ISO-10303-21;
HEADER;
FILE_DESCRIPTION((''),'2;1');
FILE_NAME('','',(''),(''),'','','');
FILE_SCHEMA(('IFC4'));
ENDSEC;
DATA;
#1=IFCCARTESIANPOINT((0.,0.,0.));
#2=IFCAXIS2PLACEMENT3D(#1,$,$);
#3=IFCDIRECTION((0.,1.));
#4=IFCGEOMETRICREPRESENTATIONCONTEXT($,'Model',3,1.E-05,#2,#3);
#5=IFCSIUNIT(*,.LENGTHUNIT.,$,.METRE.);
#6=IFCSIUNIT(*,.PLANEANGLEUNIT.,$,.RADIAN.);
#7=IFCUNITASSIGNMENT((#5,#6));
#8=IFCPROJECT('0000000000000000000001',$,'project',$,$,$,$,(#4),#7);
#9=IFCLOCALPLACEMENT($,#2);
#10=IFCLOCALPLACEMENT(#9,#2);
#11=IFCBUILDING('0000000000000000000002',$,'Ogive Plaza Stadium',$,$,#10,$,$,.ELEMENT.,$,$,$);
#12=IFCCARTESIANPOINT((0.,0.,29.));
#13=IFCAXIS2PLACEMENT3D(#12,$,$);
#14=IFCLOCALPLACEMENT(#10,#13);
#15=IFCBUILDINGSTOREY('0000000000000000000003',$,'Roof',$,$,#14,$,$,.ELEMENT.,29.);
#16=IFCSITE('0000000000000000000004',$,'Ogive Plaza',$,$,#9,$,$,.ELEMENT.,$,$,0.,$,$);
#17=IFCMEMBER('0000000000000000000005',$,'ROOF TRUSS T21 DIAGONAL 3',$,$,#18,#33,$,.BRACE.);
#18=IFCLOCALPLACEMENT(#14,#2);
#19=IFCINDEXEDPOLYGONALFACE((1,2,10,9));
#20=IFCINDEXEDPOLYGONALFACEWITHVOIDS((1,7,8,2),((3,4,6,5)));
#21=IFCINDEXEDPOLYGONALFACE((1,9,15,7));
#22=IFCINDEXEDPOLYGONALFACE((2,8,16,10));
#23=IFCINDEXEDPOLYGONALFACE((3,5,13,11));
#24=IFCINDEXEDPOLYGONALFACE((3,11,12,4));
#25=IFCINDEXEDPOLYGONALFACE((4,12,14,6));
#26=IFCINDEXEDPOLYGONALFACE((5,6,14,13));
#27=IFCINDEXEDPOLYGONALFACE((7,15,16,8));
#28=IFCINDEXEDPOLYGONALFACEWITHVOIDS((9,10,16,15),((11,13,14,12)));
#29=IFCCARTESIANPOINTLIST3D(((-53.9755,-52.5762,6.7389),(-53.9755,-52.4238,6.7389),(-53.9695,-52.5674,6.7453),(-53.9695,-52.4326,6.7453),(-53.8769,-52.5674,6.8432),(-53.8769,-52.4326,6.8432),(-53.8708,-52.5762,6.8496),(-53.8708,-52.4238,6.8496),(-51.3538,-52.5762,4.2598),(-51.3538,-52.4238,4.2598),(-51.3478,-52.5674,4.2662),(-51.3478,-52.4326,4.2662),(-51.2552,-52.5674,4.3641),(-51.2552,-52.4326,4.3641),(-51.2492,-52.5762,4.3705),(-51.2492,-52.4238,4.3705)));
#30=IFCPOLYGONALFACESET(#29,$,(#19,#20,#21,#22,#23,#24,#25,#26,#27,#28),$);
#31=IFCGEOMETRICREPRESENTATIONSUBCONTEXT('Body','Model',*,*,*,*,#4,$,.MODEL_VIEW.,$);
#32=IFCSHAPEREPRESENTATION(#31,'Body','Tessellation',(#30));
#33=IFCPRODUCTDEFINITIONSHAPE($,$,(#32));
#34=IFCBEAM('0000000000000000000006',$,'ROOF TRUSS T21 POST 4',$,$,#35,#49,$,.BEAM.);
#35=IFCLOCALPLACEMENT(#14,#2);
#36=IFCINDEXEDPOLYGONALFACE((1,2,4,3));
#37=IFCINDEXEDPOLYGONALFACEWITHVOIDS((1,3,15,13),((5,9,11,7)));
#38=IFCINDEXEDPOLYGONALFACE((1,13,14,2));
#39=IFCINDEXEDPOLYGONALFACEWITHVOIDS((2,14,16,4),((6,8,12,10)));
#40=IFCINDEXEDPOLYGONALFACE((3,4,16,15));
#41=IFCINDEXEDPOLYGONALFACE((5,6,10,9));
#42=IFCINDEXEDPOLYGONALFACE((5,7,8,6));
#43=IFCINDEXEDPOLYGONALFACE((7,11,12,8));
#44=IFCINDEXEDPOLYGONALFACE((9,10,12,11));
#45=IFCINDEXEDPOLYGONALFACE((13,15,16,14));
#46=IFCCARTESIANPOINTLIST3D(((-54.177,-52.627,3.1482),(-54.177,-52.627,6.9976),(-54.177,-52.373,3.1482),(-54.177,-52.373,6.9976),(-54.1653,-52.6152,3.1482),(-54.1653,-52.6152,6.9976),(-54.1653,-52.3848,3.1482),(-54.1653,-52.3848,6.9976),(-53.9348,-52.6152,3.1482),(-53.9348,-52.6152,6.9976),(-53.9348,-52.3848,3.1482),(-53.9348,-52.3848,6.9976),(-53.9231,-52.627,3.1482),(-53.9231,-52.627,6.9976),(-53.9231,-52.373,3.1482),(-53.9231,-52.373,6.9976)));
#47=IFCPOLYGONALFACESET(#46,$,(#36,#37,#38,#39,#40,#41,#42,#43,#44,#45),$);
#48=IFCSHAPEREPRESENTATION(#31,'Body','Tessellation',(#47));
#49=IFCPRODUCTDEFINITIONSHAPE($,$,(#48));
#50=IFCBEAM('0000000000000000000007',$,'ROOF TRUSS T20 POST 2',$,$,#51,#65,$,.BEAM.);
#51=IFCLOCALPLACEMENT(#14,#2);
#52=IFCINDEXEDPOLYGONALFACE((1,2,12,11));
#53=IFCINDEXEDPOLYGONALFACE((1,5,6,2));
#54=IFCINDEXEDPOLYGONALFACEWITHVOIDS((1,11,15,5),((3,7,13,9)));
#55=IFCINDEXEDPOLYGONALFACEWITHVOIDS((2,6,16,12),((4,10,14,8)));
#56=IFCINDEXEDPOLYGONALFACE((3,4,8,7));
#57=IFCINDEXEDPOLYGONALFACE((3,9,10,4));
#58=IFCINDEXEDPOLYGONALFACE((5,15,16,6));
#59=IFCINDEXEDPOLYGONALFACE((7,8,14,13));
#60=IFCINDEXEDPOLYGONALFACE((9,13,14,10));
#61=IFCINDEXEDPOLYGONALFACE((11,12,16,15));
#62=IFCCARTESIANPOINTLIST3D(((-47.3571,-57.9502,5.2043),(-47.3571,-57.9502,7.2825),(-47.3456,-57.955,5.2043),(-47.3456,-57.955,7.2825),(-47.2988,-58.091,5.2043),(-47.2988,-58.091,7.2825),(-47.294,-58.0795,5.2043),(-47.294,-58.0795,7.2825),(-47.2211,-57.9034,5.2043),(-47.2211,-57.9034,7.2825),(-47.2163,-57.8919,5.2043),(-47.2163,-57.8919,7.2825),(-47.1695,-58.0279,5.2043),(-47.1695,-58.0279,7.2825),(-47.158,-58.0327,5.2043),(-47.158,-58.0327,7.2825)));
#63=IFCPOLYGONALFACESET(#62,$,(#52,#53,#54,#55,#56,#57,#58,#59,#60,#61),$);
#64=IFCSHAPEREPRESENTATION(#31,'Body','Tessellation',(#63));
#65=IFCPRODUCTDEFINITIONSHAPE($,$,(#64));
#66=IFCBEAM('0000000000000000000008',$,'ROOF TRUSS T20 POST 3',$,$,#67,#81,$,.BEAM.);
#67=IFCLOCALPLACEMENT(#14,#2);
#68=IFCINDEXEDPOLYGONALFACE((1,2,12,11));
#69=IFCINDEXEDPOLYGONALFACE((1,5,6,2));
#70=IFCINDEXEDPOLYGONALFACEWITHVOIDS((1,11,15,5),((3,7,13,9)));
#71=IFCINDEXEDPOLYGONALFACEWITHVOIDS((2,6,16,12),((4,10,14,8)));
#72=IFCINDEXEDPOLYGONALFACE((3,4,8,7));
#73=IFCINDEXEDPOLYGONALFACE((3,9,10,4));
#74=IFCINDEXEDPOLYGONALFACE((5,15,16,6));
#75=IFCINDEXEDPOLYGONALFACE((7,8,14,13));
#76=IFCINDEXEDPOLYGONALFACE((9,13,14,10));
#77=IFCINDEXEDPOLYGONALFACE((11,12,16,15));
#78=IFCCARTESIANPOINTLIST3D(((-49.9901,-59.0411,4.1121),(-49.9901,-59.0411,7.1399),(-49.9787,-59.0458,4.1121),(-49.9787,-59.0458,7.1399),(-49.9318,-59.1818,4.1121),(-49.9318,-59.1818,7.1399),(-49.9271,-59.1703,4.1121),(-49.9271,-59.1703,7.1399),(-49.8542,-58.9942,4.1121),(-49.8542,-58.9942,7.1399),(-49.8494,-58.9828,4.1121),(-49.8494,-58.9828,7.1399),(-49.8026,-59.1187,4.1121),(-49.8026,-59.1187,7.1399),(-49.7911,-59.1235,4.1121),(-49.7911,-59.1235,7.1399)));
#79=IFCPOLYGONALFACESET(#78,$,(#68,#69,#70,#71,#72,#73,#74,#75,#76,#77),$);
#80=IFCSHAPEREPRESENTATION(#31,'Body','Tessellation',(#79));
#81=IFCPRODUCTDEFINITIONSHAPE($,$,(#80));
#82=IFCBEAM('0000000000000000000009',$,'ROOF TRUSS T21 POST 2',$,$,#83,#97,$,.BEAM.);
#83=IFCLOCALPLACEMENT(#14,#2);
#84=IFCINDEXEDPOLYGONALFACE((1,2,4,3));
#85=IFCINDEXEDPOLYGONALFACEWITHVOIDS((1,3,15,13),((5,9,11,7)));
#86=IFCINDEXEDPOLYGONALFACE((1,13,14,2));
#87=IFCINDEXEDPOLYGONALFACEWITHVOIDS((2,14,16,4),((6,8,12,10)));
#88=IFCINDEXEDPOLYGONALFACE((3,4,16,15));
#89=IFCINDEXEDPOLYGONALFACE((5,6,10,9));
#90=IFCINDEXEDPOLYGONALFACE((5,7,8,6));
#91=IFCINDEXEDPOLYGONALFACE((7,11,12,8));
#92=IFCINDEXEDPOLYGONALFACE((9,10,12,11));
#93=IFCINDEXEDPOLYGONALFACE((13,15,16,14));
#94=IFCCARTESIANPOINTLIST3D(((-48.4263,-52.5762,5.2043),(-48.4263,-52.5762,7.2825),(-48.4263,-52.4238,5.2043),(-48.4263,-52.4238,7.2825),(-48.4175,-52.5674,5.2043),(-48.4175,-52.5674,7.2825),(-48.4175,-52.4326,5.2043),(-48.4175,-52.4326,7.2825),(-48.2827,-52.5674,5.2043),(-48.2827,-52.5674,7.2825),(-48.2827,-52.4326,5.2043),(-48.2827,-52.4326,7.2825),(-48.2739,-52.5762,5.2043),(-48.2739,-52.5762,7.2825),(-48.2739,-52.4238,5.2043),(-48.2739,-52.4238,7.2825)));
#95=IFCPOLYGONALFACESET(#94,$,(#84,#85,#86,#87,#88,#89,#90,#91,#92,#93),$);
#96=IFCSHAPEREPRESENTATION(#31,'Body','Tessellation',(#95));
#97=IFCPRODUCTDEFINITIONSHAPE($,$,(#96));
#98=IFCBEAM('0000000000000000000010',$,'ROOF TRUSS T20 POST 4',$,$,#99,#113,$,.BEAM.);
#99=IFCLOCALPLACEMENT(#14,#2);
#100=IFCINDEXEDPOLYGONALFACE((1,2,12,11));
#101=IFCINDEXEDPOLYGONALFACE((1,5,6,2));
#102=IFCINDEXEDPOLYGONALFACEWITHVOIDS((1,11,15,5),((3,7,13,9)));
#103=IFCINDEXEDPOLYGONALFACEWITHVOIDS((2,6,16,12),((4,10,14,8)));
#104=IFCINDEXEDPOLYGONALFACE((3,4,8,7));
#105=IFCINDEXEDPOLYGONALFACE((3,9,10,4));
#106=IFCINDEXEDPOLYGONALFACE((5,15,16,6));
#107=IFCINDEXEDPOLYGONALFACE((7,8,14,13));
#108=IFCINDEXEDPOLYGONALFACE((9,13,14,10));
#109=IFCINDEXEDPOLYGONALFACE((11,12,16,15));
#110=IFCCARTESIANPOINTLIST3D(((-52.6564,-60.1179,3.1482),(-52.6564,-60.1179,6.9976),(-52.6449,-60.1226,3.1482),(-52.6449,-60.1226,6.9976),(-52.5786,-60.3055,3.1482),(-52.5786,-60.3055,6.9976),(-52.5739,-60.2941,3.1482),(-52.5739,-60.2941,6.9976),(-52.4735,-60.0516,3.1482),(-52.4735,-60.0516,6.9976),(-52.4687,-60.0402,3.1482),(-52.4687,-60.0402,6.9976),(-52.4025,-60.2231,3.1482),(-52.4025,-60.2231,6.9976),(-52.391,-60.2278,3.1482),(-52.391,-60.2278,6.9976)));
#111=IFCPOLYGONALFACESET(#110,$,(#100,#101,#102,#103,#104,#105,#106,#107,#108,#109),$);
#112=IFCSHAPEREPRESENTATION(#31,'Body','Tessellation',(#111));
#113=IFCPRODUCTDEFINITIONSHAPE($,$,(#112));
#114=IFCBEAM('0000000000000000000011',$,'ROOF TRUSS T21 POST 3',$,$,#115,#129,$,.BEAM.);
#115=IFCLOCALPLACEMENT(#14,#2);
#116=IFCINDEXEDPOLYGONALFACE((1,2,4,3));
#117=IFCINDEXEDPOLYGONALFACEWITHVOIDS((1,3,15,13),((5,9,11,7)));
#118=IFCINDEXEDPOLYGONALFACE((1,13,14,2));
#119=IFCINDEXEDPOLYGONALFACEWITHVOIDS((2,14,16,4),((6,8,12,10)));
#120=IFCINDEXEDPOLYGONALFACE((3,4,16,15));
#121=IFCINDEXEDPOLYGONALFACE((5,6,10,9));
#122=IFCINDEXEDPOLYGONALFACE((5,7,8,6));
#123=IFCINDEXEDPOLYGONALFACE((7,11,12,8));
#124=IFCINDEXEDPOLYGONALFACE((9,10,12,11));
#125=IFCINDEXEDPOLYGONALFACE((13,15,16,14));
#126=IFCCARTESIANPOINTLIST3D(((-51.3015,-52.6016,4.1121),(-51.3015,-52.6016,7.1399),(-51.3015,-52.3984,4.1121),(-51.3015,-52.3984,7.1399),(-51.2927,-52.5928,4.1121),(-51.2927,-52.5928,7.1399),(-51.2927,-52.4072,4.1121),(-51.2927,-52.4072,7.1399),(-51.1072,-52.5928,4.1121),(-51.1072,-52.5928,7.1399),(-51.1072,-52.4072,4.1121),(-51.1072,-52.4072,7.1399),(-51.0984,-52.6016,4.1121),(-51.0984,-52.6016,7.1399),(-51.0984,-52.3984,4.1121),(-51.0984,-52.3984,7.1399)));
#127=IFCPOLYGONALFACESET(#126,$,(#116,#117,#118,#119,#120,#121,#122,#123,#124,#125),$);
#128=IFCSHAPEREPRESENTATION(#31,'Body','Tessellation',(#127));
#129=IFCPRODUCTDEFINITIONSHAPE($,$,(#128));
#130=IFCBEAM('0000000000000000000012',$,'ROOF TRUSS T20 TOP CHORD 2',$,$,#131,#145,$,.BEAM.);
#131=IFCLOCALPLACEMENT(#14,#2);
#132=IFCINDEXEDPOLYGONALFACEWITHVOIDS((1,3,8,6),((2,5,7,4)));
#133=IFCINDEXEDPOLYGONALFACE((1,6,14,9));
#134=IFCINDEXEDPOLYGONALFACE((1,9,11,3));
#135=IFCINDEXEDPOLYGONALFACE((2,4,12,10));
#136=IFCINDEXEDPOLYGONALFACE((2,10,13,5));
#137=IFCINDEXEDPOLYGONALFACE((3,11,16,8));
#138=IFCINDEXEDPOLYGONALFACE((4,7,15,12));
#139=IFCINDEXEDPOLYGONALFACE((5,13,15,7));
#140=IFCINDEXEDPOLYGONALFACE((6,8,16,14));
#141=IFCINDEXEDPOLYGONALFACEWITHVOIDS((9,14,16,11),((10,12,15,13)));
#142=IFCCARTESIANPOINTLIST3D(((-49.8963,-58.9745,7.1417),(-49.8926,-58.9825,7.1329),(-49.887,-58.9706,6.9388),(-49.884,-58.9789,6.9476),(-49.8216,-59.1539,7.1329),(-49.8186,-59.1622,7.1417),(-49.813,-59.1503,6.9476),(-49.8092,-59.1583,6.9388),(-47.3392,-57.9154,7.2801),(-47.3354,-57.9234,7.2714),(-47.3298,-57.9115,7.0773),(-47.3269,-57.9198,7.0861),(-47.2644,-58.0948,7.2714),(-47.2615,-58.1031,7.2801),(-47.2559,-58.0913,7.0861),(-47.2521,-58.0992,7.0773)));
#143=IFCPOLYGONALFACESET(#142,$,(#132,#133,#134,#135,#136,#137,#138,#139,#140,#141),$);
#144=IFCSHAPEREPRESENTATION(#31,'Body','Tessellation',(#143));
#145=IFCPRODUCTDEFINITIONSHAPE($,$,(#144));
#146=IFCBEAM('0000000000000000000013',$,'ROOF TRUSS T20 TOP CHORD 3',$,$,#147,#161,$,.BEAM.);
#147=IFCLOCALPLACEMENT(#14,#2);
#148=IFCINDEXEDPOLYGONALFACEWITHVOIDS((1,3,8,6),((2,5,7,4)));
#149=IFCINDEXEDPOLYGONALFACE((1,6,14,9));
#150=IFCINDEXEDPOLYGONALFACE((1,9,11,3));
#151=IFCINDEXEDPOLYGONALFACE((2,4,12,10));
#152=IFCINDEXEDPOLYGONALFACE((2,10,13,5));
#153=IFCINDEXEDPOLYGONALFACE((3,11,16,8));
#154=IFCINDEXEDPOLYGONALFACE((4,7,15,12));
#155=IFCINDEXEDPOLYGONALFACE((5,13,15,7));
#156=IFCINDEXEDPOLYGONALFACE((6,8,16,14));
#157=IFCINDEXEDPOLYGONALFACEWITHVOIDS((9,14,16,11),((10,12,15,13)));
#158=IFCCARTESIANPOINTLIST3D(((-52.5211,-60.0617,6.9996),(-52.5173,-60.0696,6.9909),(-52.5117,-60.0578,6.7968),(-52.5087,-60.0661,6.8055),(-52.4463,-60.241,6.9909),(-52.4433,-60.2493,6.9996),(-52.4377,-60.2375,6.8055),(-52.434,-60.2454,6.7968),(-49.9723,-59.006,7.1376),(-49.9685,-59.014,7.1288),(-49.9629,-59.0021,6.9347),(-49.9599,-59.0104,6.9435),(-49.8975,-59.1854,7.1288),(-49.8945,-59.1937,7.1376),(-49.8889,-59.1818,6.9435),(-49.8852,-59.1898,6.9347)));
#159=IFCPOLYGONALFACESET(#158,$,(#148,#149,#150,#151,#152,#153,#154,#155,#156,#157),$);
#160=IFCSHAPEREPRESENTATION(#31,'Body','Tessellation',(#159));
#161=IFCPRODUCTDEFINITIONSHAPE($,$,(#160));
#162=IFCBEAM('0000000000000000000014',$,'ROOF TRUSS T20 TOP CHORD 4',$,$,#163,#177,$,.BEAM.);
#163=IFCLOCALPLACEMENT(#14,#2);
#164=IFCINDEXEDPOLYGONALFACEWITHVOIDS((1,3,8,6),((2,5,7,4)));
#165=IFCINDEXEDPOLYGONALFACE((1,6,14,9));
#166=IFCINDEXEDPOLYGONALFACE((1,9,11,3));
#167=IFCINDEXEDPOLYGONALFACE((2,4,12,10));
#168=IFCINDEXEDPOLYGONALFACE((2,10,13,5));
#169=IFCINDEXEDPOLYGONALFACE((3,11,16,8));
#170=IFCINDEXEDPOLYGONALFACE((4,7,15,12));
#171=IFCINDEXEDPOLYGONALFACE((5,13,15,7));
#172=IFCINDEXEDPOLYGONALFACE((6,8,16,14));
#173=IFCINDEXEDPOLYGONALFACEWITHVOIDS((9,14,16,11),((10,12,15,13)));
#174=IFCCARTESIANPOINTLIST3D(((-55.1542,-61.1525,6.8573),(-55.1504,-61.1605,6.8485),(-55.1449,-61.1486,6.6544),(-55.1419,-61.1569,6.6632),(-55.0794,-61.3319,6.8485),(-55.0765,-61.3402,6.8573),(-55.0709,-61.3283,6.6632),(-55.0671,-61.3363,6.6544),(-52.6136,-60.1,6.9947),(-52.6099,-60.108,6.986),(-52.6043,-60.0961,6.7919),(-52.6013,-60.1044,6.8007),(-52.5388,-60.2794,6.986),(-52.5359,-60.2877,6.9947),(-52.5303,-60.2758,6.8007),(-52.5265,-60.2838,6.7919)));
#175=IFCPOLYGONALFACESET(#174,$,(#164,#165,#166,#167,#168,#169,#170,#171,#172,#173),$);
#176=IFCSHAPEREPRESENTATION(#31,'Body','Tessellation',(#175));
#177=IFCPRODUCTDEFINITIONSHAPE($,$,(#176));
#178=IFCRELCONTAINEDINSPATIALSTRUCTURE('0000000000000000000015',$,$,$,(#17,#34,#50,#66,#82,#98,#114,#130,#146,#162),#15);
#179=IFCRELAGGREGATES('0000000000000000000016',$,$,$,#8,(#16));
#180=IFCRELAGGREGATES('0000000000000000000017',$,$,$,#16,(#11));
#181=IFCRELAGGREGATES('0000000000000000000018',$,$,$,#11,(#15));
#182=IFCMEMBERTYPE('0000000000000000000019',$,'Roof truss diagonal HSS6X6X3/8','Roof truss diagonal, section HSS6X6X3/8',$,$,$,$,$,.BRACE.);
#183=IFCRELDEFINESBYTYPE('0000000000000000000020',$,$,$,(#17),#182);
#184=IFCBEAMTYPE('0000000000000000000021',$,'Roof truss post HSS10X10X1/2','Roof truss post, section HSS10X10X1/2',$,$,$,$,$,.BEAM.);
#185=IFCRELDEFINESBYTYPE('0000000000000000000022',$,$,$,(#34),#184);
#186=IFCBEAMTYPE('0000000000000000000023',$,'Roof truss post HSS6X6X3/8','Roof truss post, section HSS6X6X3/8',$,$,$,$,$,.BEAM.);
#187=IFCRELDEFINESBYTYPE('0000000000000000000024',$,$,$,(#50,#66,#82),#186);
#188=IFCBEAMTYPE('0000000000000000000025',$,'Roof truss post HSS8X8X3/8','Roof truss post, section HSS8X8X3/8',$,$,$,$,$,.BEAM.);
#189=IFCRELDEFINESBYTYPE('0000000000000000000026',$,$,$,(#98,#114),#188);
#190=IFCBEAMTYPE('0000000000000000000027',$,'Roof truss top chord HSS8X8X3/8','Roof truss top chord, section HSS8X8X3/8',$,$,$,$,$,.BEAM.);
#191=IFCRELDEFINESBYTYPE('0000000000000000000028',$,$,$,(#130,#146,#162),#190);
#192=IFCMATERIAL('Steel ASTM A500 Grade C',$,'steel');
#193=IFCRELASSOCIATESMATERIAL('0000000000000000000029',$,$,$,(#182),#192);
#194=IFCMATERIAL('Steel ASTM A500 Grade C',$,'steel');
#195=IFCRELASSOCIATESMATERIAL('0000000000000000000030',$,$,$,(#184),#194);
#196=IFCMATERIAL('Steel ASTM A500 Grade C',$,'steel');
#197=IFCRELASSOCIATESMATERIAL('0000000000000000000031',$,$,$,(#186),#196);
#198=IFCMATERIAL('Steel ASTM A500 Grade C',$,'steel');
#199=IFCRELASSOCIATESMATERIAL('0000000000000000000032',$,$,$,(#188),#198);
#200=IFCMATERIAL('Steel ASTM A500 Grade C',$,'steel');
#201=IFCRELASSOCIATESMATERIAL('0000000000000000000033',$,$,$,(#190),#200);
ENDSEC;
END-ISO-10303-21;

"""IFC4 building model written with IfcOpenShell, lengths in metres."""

from ifc_helpers import new_model, si_unit, direction, frame, origin, origin_2d, place, context, subcontext, project, spatial, hollow_rectangle, extrude, material, material_profile, profile_set, type_object, element, save


model = new_model("IFC4")

# Units and contexts
model_context = context("Model", 3, precision=1e-05, world=origin(), true_north=direction((0.0, 1.0)))
body_context = subcontext(model_context, "Body", "Model", "MODEL_VIEW")
ifc_project = project(units=[si_unit("LENGTHUNIT", "METRE"), si_unit("PLANEANGLEUNIT", "RADIAN")], contexts=[model_context])

# Site, building, storey
site_placement = place(None, origin())
site = spatial("IfcSite", under=ifc_project, at=site_placement, Name="Ogive Plaza", CompositionType="ELEMENT", RefElevation=0.0)
building_placement = place(site_placement, origin())
building = spatial("IfcBuilding", under=site, at=building_placement, Name="Ogive Plaza Stadium", CompositionType="ELEMENT")
storey_placement = place(building_placement, frame((0.0, 0.0, 29.0)))
storey = spatial("IfcBuildingStorey", under=building, at=storey_placement, Name="Roof", CompositionType="ELEMENT", Elevation=29.0)

# Member
ifc_material_1 = material(Name="Steel ASTM A500 Grade C", Category="steel")
ifc_material_profile_1 = material_profile(ifc_material_1, hollow_rectangle(XDim=0.1523, YDim=0.1523, WallThickness=0.0088, at=origin_2d()), Name="HSS6X6X3/8")
ifc_profile_set_1 = profile_set([ifc_material_profile_1], Name="Steel ASTM A500 Grade C")
member_type_1 = type_object("IfcMemberType", Name="Roof truss diagonal HSS6X6X3/8", Description="Roof truss diagonal, section HSS6X6X3/8", PredefinedType="BRACE", material=ifc_profile_set_1)
member_1_placement = place(storey_placement, frame((-51.3015, -52.5, 4.3152), z_axis=(-0.726589, 0.0, 0.687072), x_axis=(0.0, -1.0, 0.0)))
element("IfcMember", 1, at=member_1_placement, inside=storey, type_object=member_type_1, Name="ROOF TRUSS T21 DIAGONAL 3", PredefinedType="BRACE", context=body_context, shape_type="SweptSolid", body=[
    extrude(hollow_rectangle(XDim=0.1523, YDim=0.1523, WallThickness=0.0088, at=origin_2d()), origin(), (0.0, 0.0, 1.0), 3.6082),
])

# Beams
ifc_material_2 = material(Name="Steel ASTM A500 Grade C", Category="steel")
ifc_material_profile_2 = material_profile(ifc_material_2, hollow_rectangle(XDim=0.2539, YDim=0.2539, WallThickness=0.0117, at=origin_2d()), Name="HSS10X10X1/2")
ifc_profile_set_2 = profile_set([ifc_material_profile_2], Name="Steel ASTM A500 Grade C")
beam_type_1 = type_object("IfcBeamType", Name="Roof truss post HSS10X10X1/2", Description="Roof truss post, section HSS10X10X1/2", PredefinedType="BEAM", material=ifc_profile_set_2)
beam_1_placement = place(storey_placement, frame((-54.05, -52.5, 3.1482), z_axis=(0.0, 0.0, 1.0), x_axis=(0.0, -1.0, 0.0)))
element("IfcBeam", 2, at=beam_1_placement, inside=storey, type_object=beam_type_1, Name="ROOF TRUSS T21 POST 4", PredefinedType="BEAM", context=body_context, shape_type="SweptSolid", body=[
    extrude(hollow_rectangle(XDim=0.2539, YDim=0.2539, WallThickness=0.0117, at=origin_2d()), origin(), (0.0, 0.0, 1.0), 3.8494),
])
ifc_material_3 = material(Name="Steel ASTM A500 Grade C", Category="steel")
ifc_material_profile_3 = material_profile(ifc_material_3, hollow_rectangle(XDim=0.1523, YDim=0.1523, WallThickness=0.0088, at=origin_2d()), Name="HSS6X6X3/8")
ifc_profile_set_3 = profile_set([ifc_material_profile_3], Name="Steel ASTM A500 Grade C")
beam_type_2 = type_object("IfcBeamType", Name="Roof truss post HSS6X6X3/8", Description="Roof truss post, section HSS6X6X3/8", PredefinedType="BEAM", material=ifc_profile_set_3)
beam_2_placement = place(storey_placement, frame((-47.2576, -57.9915, 5.2043), z_axis=(0.0, 0.0, 1.0), x_axis=(0.382683, -0.92388, 0.0)))
element("IfcBeam", 3, at=beam_2_placement, inside=storey, type_object=beam_type_2, Name="ROOF TRUSS T20 POST 2", PredefinedType="BEAM", context=body_context, shape_type="SweptSolid", body=[
    extrude(hollow_rectangle(XDim=0.1523, YDim=0.1523, WallThickness=0.0088, at=origin_2d()), origin(), (0.0, 0.0, 1.0), 2.0781),
])
beam_3_placement = place(storey_placement, frame((-49.8906, -59.0823, 4.1121), z_axis=(0.0, 0.0, 1.0), x_axis=(0.382683, -0.92388, 0.0)))
element("IfcBeam", 4, at=beam_3_placement, inside=storey, type_object=beam_type_2, Name="ROOF TRUSS T20 POST 3", PredefinedType="BEAM", context=body_context, shape_type="SweptSolid", body=[
    extrude(hollow_rectangle(XDim=0.1523, YDim=0.1523, WallThickness=0.0088, at=origin_2d()), origin(), (0.0, 0.0, 1.0), 3.0278),
])
beam_4_placement = place(storey_placement, frame((-48.3501, -52.5, 5.2043), z_axis=(0.0, 0.0, 1.0), x_axis=(0.0, -1.0, 0.0)))
element("IfcBeam", 5, at=beam_4_placement, inside=storey, type_object=beam_type_2, Name="ROOF TRUSS T21 POST 2", PredefinedType="BEAM", context=body_context, shape_type="SweptSolid", body=[
    extrude(hollow_rectangle(XDim=0.1523, YDim=0.1523, WallThickness=0.0088, at=origin_2d()), origin(), (0.0, 0.0, 1.0), 2.0781),
])
ifc_material_4 = material(Name="Steel ASTM A500 Grade C", Category="steel")
ifc_material_profile_4 = material_profile(ifc_material_4, hollow_rectangle(XDim=0.2031, YDim=0.2031, WallThickness=0.0088, at=origin_2d()), Name="HSS8X8X3/8")
ifc_profile_set_4 = profile_set([ifc_material_profile_4], Name="Steel ASTM A500 Grade C")
beam_type_3 = type_object("IfcBeamType", Name="Roof truss post HSS8X8X3/8", Description="Roof truss post, section HSS8X8X3/8", PredefinedType="BEAM", material=ifc_profile_set_4)
beam_5_placement = place(storey_placement, frame((-52.5237, -60.1729, 3.1482), z_axis=(0.0, 0.0, 1.0), x_axis=(0.382683, -0.92388, 0.0)))
element("IfcBeam", 6, at=beam_5_placement, inside=storey, type_object=beam_type_3, Name="ROOF TRUSS T20 POST 4", PredefinedType="BEAM", context=body_context, shape_type="SweptSolid", body=[
    extrude(hollow_rectangle(XDim=0.2031, YDim=0.2031, WallThickness=0.0088, at=origin_2d()), origin(), (0.0, 0.0, 1.0), 3.8494),
])
beam_6_placement = place(storey_placement, frame((-51.2, -52.5, 4.1121), z_axis=(0.0, 0.0, 1.0), x_axis=(0.0, -1.0, 0.0)))
element("IfcBeam", 7, at=beam_6_placement, inside=storey, type_object=beam_type_3, Name="ROOF TRUSS T21 POST 3", PredefinedType="BEAM", context=body_context, shape_type="SweptSolid", body=[
    extrude(hollow_rectangle(XDim=0.2031, YDim=0.2031, WallThickness=0.0088, at=origin_2d()), origin(), (0.0, 0.0, 1.0), 3.0278),
])
ifc_material_5 = material(Name="Steel ASTM A500 Grade C", Category="steel")
ifc_material_profile_5 = material_profile(ifc_material_5, hollow_rectangle(XDim=0.2031, YDim=0.2031, WallThickness=0.0088, at=origin_2d()), Name="HSS8X8X3/8")
ifc_profile_set_5 = profile_set([ifc_material_profile_5], Name="Steel ASTM A500 Grade C")
beam_type_4 = type_object("IfcBeamType", Name="Roof truss top chord HSS8X8X3/8", Description="Roof truss top chord, section HSS8X8X3/8", PredefinedType="BEAM", material=ifc_profile_set_5)
beam_7_placement = place(storey_placement, frame((-47.2957, -58.0073, 7.1787), z_axis=(-0.922741, -0.38217, -0.049952), x_axis=(0.382648, -0.923894, 0.0)))
element("IfcBeam", 8, at=beam_7_placement, inside=storey, type_object=beam_type_4, Name="ROOF TRUSS T20 TOP CHORD 2", PredefinedType="BEAM", context=body_context, shape_type="SweptSolid", body=[
    extrude(hollow_rectangle(XDim=0.2031, YDim=0.2031, WallThickness=0.0088, at=origin_2d()), origin(), (0.0, 0.0, 1.0), 2.7712),
])
beam_8_placement = place(storey_placement, frame((-49.9287, -59.0979, 7.0361), z_axis=(-0.922739, -0.382177, -0.049938), x_axis=(0.382654, -0.923892, 0.0)))
element("IfcBeam", 9, at=beam_8_placement, inside=storey, type_object=beam_type_4, Name="ROOF TRUSS T20 TOP CHORD 3", PredefinedType="BEAM", context=body_context, shape_type="SweptSolid", body=[
    extrude(hollow_rectangle(XDim=0.2031, YDim=0.2031, WallThickness=0.0088, at=origin_2d()), origin(), (0.0, 0.0, 1.0), 2.7622),
])
beam_9_placement = place(storey_placement, frame((-52.5701, -60.1919, 6.8933), z_axis=(-0.922706, -0.382259, -0.049922), x_axis=(0.382736, -0.923858, 0.0)))
element("IfcBeam", 10, at=beam_9_placement, inside=storey, type_object=beam_type_4, Name="ROOF TRUSS T20 TOP CHORD 4", PredefinedType="BEAM", context=body_context, shape_type="SweptSolid", body=[
    extrude(hollow_rectangle(XDim=0.2031, YDim=0.2031, WallThickness=0.0088, at=origin_2d()), origin(), (0.0, 0.0, 1.0), 2.7534),
])

save(model, "model.ifc")
